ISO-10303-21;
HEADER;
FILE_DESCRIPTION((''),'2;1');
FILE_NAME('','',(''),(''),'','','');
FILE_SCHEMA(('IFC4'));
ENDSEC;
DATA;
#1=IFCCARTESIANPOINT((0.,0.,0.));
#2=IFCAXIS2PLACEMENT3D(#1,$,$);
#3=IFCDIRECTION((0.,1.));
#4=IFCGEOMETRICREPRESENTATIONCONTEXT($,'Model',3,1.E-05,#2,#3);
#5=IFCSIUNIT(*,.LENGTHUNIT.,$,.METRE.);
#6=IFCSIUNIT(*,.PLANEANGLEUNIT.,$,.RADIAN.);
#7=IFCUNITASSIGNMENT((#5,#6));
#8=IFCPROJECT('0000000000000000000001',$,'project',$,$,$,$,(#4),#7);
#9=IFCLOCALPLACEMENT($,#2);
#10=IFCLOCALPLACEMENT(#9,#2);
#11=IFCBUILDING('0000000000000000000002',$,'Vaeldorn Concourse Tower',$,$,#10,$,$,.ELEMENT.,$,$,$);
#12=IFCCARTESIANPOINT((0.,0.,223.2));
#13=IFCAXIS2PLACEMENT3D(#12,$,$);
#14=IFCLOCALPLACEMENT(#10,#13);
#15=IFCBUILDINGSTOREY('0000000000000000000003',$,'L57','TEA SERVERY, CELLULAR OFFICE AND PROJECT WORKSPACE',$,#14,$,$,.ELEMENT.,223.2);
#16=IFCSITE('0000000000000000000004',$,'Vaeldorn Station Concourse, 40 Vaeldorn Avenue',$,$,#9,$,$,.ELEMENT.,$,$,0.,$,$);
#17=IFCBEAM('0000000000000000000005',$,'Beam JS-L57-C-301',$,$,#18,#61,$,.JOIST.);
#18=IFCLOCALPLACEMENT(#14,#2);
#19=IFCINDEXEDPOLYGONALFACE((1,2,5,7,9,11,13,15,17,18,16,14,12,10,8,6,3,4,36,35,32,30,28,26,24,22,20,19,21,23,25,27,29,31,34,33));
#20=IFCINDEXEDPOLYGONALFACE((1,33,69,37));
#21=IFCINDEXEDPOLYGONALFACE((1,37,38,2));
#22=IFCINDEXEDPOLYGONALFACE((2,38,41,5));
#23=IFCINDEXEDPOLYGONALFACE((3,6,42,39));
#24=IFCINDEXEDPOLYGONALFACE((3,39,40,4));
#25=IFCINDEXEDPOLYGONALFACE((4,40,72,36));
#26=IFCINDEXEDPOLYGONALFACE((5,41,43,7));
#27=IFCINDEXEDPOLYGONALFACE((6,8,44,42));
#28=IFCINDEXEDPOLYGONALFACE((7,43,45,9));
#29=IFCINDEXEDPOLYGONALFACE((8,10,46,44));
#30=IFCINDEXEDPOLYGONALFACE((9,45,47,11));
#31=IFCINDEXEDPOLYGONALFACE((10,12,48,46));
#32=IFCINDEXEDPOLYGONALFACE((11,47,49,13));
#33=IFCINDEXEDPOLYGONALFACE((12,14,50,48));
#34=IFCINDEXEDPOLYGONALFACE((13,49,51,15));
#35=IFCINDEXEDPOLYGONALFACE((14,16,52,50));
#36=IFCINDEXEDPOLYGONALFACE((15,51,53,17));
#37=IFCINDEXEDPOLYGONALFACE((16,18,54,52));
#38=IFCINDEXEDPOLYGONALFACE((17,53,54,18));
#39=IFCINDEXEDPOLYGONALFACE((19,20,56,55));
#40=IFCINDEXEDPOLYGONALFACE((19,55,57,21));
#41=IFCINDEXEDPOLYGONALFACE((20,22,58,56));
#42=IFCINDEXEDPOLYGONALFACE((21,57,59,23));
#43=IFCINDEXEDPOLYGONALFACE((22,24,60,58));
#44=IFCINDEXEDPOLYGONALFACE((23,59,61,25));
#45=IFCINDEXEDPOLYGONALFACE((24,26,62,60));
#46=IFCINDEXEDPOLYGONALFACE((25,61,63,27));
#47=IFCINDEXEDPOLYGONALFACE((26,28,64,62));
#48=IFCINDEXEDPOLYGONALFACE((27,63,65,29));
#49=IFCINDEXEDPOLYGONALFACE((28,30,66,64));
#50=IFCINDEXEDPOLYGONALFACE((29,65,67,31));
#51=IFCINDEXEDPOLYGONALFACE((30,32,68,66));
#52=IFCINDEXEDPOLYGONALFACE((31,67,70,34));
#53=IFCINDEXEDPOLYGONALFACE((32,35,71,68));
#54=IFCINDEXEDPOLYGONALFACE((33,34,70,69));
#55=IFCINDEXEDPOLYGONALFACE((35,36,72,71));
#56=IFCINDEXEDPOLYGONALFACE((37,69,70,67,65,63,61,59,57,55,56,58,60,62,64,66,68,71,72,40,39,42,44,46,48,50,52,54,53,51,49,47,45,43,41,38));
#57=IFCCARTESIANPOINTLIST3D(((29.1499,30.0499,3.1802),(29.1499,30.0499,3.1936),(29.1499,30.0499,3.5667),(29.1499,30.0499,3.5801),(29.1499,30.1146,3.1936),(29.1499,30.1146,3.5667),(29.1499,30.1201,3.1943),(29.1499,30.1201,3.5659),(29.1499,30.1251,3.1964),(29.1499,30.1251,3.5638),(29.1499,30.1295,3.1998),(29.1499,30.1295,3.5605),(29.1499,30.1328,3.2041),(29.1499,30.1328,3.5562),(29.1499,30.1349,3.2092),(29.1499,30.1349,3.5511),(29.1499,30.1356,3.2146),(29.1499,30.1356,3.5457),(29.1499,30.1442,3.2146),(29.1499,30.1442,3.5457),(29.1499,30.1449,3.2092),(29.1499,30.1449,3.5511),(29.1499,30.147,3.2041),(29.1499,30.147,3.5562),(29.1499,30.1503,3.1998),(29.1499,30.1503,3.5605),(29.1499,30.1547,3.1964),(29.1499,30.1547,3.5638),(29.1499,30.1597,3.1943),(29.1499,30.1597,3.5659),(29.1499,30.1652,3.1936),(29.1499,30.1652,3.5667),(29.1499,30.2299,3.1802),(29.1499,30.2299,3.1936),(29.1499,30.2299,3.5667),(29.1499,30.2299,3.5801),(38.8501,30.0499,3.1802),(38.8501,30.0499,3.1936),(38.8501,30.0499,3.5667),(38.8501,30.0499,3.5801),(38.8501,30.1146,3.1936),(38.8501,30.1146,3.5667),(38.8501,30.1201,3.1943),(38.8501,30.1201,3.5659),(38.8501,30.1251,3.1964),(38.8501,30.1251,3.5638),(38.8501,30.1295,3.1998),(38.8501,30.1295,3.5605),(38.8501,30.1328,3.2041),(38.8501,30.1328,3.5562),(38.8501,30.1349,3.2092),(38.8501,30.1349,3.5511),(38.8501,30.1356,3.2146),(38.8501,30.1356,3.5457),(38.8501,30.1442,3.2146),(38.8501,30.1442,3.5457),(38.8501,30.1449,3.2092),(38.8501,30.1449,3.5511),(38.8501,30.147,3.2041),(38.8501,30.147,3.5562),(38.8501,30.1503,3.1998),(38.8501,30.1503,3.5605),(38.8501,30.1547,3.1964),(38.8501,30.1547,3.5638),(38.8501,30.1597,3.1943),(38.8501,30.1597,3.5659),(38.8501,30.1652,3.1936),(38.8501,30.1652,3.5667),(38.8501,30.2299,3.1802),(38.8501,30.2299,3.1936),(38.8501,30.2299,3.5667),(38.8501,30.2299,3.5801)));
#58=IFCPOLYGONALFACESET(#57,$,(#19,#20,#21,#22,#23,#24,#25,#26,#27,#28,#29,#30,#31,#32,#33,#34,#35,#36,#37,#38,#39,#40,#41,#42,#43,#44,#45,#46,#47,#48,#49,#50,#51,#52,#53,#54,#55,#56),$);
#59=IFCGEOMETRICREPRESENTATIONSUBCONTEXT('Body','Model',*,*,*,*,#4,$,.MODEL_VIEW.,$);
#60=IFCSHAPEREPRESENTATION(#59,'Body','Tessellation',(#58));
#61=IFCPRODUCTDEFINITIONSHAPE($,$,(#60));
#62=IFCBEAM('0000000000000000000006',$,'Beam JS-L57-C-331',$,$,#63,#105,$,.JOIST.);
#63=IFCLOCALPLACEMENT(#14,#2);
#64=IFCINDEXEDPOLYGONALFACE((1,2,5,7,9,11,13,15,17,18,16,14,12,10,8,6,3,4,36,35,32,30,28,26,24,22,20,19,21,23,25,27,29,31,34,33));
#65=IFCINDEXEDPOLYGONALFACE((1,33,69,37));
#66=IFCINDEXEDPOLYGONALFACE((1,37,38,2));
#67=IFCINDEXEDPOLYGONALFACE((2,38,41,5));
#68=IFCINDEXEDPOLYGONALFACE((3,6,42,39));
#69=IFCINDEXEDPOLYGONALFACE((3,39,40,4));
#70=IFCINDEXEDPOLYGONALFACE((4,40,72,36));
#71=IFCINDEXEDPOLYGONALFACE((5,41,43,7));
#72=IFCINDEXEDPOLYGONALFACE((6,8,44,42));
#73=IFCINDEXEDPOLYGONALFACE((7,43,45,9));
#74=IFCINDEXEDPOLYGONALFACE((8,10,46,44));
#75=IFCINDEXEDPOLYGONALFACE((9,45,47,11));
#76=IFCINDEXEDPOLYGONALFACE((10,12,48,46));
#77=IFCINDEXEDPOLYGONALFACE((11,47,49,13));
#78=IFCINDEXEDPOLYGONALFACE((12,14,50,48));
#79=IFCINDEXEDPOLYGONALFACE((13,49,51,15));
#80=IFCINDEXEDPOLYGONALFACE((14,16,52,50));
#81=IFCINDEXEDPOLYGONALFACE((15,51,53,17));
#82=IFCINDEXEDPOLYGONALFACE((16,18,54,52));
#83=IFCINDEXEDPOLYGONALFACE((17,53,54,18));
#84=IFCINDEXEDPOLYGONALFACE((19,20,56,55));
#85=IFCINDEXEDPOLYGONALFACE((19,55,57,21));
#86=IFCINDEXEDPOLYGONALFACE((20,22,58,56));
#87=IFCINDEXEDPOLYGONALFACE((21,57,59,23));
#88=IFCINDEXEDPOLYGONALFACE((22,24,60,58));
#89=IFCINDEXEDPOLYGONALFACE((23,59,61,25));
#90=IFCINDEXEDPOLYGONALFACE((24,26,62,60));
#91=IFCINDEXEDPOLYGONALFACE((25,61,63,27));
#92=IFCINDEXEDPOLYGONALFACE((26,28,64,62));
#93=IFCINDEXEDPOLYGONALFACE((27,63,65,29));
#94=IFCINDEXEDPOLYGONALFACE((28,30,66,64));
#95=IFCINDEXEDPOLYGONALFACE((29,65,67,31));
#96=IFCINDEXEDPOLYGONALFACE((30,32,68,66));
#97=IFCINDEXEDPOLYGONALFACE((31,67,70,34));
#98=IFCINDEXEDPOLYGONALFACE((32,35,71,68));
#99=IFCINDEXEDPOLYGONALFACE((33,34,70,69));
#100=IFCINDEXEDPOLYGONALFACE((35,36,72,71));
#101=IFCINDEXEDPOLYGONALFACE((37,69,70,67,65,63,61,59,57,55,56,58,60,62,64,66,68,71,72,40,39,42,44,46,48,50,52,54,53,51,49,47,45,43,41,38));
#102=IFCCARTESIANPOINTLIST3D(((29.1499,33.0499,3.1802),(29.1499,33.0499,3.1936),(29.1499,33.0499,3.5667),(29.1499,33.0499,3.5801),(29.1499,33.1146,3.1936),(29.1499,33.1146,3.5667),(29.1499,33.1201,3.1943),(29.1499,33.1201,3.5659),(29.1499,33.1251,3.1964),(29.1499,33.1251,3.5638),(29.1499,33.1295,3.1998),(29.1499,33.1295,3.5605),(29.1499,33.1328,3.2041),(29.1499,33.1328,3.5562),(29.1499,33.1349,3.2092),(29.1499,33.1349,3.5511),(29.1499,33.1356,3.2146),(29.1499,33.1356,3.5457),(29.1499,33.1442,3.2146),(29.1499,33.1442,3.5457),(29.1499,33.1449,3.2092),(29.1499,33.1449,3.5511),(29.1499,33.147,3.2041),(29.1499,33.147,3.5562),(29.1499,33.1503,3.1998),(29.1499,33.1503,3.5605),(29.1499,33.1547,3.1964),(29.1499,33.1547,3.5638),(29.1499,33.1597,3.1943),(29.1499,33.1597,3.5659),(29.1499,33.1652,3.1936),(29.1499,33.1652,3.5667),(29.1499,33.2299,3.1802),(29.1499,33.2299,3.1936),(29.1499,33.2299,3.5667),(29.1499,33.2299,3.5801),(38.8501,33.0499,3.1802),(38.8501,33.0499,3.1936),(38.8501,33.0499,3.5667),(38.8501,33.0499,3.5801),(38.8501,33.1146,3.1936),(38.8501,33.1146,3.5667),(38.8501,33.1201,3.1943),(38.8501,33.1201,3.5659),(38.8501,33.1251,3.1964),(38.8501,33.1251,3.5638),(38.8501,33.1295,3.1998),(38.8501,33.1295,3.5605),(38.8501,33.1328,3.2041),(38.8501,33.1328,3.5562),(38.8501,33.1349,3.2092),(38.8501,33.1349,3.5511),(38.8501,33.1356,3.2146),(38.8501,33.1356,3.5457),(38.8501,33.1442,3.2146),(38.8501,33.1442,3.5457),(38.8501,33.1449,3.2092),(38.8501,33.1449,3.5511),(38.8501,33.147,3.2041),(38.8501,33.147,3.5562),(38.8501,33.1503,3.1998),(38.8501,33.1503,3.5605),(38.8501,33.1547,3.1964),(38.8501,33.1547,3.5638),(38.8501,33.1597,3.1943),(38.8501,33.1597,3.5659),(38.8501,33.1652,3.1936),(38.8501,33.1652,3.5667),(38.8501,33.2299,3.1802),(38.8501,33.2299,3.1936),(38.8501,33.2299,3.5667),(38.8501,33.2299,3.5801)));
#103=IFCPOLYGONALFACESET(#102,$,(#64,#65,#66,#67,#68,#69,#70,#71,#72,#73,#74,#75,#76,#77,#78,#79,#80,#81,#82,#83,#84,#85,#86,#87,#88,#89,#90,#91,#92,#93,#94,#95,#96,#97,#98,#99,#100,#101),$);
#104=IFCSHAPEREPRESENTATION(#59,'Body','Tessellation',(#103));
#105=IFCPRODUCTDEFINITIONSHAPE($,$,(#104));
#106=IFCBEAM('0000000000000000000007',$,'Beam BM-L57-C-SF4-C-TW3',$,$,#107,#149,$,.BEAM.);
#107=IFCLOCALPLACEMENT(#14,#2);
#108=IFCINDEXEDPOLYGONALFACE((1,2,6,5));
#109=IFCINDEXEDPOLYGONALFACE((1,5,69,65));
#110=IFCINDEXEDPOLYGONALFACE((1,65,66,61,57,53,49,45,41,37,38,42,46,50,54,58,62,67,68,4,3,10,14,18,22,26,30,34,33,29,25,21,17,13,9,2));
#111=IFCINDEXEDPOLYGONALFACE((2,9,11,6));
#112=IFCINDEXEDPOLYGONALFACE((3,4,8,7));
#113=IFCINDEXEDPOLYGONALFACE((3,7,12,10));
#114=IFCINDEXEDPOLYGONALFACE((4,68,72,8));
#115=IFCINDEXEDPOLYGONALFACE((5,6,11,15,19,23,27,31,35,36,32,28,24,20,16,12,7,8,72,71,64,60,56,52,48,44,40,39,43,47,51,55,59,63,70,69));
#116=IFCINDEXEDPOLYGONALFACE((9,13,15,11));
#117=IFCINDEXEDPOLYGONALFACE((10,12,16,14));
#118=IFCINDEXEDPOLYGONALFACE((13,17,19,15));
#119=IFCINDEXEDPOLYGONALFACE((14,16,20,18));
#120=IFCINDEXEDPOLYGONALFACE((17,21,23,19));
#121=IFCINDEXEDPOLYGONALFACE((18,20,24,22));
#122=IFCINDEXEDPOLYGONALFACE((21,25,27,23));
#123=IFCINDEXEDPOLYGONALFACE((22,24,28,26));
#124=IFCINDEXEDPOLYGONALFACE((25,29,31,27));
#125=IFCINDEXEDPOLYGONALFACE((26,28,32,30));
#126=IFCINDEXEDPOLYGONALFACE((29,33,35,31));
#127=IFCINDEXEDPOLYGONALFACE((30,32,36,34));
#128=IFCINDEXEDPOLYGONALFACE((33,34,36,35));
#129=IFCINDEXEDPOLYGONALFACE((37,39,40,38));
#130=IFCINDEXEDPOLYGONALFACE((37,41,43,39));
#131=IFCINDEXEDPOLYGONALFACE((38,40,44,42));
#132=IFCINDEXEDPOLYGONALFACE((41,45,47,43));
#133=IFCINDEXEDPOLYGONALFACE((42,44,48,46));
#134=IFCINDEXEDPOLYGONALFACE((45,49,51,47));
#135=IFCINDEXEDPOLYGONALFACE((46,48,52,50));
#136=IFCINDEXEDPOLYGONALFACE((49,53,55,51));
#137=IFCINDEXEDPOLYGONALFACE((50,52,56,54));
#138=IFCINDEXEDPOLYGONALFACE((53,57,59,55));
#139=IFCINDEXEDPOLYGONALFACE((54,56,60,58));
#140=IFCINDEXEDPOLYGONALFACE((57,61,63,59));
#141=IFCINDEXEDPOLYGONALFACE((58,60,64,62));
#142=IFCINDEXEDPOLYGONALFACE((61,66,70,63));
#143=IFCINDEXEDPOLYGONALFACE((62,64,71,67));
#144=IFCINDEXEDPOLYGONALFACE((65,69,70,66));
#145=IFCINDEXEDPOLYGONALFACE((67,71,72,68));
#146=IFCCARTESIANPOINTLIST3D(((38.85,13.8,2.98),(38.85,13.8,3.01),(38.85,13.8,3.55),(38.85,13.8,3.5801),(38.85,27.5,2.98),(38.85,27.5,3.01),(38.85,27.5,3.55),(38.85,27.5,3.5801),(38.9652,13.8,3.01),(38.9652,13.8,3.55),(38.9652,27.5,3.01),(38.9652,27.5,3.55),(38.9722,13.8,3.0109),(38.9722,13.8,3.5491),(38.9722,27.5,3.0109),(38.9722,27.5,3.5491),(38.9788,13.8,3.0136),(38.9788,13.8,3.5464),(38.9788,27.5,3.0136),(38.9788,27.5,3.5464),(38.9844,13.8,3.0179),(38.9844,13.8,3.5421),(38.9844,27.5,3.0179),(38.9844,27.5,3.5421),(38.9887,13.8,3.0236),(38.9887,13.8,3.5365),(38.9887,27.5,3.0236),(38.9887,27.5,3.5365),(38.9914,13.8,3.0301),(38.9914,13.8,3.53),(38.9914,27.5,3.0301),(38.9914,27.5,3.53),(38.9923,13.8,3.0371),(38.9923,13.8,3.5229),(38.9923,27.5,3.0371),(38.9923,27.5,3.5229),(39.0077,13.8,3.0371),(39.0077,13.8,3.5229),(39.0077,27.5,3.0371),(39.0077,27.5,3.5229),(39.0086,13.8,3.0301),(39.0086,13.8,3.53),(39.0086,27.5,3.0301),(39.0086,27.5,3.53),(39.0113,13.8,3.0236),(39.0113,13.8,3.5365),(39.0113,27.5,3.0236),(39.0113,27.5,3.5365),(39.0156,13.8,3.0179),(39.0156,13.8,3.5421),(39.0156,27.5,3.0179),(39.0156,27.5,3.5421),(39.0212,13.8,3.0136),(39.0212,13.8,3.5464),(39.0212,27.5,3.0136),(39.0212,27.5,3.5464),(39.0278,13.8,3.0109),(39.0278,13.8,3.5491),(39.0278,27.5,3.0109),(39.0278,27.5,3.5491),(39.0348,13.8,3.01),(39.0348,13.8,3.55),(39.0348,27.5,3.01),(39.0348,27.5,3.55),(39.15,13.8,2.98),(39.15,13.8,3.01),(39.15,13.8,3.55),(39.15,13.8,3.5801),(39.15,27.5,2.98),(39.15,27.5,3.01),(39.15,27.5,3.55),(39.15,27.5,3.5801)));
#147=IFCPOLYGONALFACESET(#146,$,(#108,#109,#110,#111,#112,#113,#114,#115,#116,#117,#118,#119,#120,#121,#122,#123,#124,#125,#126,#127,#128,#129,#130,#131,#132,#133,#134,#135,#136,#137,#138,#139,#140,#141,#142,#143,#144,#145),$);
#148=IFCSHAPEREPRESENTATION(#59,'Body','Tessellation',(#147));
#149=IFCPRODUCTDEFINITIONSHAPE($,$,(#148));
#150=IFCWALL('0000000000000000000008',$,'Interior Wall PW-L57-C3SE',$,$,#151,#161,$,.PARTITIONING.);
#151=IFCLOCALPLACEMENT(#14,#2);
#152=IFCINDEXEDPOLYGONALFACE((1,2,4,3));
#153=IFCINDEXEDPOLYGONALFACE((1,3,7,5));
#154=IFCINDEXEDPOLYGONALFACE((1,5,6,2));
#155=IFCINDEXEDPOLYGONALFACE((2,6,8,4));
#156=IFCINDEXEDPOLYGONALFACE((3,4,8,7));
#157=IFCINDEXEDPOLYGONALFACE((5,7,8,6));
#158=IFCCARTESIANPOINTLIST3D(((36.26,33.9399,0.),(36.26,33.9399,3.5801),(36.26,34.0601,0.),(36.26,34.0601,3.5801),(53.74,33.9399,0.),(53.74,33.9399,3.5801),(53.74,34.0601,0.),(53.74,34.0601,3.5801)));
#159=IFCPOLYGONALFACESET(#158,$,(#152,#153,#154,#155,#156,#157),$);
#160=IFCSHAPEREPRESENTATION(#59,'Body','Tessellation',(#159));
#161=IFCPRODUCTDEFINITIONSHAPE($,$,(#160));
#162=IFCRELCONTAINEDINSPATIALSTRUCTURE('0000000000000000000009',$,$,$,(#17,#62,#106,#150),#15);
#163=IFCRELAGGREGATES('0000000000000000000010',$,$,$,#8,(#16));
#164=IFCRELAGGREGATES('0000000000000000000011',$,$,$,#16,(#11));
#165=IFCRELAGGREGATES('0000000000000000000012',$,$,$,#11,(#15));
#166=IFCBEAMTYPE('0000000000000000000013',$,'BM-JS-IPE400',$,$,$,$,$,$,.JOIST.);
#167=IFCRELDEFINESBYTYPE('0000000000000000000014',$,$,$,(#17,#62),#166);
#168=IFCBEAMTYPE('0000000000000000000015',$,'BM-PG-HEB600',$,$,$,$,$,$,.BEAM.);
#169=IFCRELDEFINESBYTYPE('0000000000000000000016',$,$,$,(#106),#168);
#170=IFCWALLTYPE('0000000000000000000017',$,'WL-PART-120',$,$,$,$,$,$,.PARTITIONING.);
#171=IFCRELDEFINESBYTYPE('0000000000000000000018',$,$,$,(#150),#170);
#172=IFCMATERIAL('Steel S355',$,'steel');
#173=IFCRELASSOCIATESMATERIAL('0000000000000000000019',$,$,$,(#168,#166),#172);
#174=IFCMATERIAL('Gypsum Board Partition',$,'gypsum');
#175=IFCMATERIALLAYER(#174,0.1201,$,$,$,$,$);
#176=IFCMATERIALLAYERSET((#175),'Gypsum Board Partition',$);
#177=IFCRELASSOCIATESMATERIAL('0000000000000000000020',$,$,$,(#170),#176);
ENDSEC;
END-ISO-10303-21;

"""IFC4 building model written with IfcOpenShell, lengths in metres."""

from ifc_helpers import new_model, si_unit, direction, frame, frame_2d, origin, origin_2d, place, context, subcontext, project, spatial, rectangle, i_section, extrude, source, transform, mapped, material, layer, layer_set, material_profile, profile_set, type_object, element, save


model = new_model("IFC4")

# Units and contexts
model_context = context("Model", 3, precision=1e-05, world=origin(), true_north=direction((0.0, 1.0)))
body_context = subcontext(model_context, "Body", "Model", "MODEL_VIEW")
ifc_project = project(units=[si_unit("LENGTHUNIT", "METRE"), si_unit("PLANEANGLEUNIT", "RADIAN")], contexts=[model_context])

# Site, building, storey
site_placement = place(None, origin())
site = spatial("IfcSite", under=ifc_project, at=site_placement, Name="Vaeldorn Station Concourse, 40 Vaeldorn Avenue", CompositionType="ELEMENT", RefElevation=0.0)
building_placement = place(site_placement, origin())
building = spatial("IfcBuilding", under=site, at=building_placement, Name="Vaeldorn Concourse Tower", CompositionType="ELEMENT")
storey_placement = place(building_placement, frame((0.0, 0.0, 223.2)))
storey = spatial("IfcBuildingStorey", under=building, at=storey_placement, Name="L57", Description="TEA SERVERY, CELLULAR OFFICE AND PROJECT WORKSPACE", CompositionType="ELEMENT", Elevation=223.2)

# Shared definitions
ifc_material_1 = material(Name="Steel S355", Category="steel")

# Beams
ifc_material_profile_1 = material_profile(ifc_material_1, i_section(OverallWidth=0.3, OverallDepth=0.6001, WebThickness=0.0154, FlangeThickness=0.03, FilletRadius=0.0271, at=origin_2d()), Name="HEB 600")
ifc_profile_set_1 = profile_set([ifc_material_profile_1], Name="Steel S355")
beam_type_1 = type_object("IfcBeamType", Name="BM-PG-HEB600", PredefinedType="BEAM", material=ifc_profile_set_1)
ifc_material_profile_2 = material_profile(ifc_material_1, i_section(OverallWidth=0.1799, OverallDepth=0.3999, WebThickness=0.0085, FlangeThickness=0.0134, FilletRadius=0.021, at=origin_2d()), Name="IPE 400")
ifc_profile_set_2 = profile_set([ifc_material_profile_2], Name="Steel S355")
beam_type_2 = type_object("IfcBeamType", Name="BM-JS-IPE400", PredefinedType="JOIST", material=ifc_profile_set_2)
shared_shape_1 = source(origin(), body_context, "Body", "SweptSolid", [
    extrude(i_section(OverallWidth=0.1799, OverallDepth=0.3999, WebThickness=0.0085, FlangeThickness=0.0134, FilletRadius=0.021, at=origin_2d()), origin(), (0.0, 0.0, 1.0), 9.7002),
])
for number, where, z_axis, x_axis, name in (
    (1, (29.1499, 30.1399, 3.3801), (1.0, 0.0, 0.0), (0.0, 1.0, 0.0), "Beam JS-L57-C-301"),
    (2, (29.1499, 33.1399, 3.3801), (1.0, 0.0, 0.0), (0.0, 1.0, 0.0), "Beam JS-L57-C-331"),
):
    element("IfcBeam", number, at=place(storey_placement, frame(where, z_axis=z_axis, x_axis=x_axis)), inside=storey, type_object=beam_type_2, Name=name, PredefinedType="JOIST", context=body_context, shape_type="MappedRepresentation", body=[
        mapped(shared_shape_1, transform((0.0, 0.0, 0.0), scale=1.0)),
    ])
shared_shape_2 = source(origin(), body_context, "Body", "SweptSolid", [
    extrude(i_section(OverallWidth=0.3, OverallDepth=0.6001, WebThickness=0.0154, FlangeThickness=0.03, FilletRadius=0.0271, at=origin_2d()), origin(), (0.0, 0.0, 1.0), 13.7),
])
beam_1_placement = place(storey_placement, frame((39.0, 13.8, 3.28), z_axis=(0.0, 1.0, 0.0), x_axis=(-1.0, 0.0, 0.0)))
element("IfcBeam", 3, at=beam_1_placement, inside=storey, type_object=beam_type_1, Name="Beam BM-L57-C-SF4-C-TW3", PredefinedType="BEAM", context=body_context, shape_type="MappedRepresentation", body=[
    mapped(shared_shape_2, transform((0.0, 0.0, 0.0), scale=1.0)),
])

# Wall
ifc_material_2 = material(Name="Gypsum Board Partition", Category="gypsum")
ifc_layer = layer(ifc_material_2, 0.1201)
ifc_layer_set = layer_set([ifc_layer], Name="Gypsum Board Partition")
wall_type = type_object("IfcWallType", Name="WL-PART-120", PredefinedType="PARTITIONING", material=ifc_layer_set)
wall_1_placement = place(storey_placement, frame((36.26, 34.0, 0.0), z_axis=(0.0, 0.0, 1.0), x_axis=(1.0, 0.0, 0.0)))
element("IfcWall", 4, at=wall_1_placement, inside=storey, type_object=wall_type, Name="Interior Wall PW-L57-C3SE", PredefinedType="PARTITIONING", context=body_context, shape_type="SweptSolid", body=[
    extrude(rectangle(XDim=17.48, YDim=0.1201, at=frame_2d((8.74, 0.0))), origin(), (0.0, 0.0, 1.0), 3.5801),
])

save(model, "model.ifc")
